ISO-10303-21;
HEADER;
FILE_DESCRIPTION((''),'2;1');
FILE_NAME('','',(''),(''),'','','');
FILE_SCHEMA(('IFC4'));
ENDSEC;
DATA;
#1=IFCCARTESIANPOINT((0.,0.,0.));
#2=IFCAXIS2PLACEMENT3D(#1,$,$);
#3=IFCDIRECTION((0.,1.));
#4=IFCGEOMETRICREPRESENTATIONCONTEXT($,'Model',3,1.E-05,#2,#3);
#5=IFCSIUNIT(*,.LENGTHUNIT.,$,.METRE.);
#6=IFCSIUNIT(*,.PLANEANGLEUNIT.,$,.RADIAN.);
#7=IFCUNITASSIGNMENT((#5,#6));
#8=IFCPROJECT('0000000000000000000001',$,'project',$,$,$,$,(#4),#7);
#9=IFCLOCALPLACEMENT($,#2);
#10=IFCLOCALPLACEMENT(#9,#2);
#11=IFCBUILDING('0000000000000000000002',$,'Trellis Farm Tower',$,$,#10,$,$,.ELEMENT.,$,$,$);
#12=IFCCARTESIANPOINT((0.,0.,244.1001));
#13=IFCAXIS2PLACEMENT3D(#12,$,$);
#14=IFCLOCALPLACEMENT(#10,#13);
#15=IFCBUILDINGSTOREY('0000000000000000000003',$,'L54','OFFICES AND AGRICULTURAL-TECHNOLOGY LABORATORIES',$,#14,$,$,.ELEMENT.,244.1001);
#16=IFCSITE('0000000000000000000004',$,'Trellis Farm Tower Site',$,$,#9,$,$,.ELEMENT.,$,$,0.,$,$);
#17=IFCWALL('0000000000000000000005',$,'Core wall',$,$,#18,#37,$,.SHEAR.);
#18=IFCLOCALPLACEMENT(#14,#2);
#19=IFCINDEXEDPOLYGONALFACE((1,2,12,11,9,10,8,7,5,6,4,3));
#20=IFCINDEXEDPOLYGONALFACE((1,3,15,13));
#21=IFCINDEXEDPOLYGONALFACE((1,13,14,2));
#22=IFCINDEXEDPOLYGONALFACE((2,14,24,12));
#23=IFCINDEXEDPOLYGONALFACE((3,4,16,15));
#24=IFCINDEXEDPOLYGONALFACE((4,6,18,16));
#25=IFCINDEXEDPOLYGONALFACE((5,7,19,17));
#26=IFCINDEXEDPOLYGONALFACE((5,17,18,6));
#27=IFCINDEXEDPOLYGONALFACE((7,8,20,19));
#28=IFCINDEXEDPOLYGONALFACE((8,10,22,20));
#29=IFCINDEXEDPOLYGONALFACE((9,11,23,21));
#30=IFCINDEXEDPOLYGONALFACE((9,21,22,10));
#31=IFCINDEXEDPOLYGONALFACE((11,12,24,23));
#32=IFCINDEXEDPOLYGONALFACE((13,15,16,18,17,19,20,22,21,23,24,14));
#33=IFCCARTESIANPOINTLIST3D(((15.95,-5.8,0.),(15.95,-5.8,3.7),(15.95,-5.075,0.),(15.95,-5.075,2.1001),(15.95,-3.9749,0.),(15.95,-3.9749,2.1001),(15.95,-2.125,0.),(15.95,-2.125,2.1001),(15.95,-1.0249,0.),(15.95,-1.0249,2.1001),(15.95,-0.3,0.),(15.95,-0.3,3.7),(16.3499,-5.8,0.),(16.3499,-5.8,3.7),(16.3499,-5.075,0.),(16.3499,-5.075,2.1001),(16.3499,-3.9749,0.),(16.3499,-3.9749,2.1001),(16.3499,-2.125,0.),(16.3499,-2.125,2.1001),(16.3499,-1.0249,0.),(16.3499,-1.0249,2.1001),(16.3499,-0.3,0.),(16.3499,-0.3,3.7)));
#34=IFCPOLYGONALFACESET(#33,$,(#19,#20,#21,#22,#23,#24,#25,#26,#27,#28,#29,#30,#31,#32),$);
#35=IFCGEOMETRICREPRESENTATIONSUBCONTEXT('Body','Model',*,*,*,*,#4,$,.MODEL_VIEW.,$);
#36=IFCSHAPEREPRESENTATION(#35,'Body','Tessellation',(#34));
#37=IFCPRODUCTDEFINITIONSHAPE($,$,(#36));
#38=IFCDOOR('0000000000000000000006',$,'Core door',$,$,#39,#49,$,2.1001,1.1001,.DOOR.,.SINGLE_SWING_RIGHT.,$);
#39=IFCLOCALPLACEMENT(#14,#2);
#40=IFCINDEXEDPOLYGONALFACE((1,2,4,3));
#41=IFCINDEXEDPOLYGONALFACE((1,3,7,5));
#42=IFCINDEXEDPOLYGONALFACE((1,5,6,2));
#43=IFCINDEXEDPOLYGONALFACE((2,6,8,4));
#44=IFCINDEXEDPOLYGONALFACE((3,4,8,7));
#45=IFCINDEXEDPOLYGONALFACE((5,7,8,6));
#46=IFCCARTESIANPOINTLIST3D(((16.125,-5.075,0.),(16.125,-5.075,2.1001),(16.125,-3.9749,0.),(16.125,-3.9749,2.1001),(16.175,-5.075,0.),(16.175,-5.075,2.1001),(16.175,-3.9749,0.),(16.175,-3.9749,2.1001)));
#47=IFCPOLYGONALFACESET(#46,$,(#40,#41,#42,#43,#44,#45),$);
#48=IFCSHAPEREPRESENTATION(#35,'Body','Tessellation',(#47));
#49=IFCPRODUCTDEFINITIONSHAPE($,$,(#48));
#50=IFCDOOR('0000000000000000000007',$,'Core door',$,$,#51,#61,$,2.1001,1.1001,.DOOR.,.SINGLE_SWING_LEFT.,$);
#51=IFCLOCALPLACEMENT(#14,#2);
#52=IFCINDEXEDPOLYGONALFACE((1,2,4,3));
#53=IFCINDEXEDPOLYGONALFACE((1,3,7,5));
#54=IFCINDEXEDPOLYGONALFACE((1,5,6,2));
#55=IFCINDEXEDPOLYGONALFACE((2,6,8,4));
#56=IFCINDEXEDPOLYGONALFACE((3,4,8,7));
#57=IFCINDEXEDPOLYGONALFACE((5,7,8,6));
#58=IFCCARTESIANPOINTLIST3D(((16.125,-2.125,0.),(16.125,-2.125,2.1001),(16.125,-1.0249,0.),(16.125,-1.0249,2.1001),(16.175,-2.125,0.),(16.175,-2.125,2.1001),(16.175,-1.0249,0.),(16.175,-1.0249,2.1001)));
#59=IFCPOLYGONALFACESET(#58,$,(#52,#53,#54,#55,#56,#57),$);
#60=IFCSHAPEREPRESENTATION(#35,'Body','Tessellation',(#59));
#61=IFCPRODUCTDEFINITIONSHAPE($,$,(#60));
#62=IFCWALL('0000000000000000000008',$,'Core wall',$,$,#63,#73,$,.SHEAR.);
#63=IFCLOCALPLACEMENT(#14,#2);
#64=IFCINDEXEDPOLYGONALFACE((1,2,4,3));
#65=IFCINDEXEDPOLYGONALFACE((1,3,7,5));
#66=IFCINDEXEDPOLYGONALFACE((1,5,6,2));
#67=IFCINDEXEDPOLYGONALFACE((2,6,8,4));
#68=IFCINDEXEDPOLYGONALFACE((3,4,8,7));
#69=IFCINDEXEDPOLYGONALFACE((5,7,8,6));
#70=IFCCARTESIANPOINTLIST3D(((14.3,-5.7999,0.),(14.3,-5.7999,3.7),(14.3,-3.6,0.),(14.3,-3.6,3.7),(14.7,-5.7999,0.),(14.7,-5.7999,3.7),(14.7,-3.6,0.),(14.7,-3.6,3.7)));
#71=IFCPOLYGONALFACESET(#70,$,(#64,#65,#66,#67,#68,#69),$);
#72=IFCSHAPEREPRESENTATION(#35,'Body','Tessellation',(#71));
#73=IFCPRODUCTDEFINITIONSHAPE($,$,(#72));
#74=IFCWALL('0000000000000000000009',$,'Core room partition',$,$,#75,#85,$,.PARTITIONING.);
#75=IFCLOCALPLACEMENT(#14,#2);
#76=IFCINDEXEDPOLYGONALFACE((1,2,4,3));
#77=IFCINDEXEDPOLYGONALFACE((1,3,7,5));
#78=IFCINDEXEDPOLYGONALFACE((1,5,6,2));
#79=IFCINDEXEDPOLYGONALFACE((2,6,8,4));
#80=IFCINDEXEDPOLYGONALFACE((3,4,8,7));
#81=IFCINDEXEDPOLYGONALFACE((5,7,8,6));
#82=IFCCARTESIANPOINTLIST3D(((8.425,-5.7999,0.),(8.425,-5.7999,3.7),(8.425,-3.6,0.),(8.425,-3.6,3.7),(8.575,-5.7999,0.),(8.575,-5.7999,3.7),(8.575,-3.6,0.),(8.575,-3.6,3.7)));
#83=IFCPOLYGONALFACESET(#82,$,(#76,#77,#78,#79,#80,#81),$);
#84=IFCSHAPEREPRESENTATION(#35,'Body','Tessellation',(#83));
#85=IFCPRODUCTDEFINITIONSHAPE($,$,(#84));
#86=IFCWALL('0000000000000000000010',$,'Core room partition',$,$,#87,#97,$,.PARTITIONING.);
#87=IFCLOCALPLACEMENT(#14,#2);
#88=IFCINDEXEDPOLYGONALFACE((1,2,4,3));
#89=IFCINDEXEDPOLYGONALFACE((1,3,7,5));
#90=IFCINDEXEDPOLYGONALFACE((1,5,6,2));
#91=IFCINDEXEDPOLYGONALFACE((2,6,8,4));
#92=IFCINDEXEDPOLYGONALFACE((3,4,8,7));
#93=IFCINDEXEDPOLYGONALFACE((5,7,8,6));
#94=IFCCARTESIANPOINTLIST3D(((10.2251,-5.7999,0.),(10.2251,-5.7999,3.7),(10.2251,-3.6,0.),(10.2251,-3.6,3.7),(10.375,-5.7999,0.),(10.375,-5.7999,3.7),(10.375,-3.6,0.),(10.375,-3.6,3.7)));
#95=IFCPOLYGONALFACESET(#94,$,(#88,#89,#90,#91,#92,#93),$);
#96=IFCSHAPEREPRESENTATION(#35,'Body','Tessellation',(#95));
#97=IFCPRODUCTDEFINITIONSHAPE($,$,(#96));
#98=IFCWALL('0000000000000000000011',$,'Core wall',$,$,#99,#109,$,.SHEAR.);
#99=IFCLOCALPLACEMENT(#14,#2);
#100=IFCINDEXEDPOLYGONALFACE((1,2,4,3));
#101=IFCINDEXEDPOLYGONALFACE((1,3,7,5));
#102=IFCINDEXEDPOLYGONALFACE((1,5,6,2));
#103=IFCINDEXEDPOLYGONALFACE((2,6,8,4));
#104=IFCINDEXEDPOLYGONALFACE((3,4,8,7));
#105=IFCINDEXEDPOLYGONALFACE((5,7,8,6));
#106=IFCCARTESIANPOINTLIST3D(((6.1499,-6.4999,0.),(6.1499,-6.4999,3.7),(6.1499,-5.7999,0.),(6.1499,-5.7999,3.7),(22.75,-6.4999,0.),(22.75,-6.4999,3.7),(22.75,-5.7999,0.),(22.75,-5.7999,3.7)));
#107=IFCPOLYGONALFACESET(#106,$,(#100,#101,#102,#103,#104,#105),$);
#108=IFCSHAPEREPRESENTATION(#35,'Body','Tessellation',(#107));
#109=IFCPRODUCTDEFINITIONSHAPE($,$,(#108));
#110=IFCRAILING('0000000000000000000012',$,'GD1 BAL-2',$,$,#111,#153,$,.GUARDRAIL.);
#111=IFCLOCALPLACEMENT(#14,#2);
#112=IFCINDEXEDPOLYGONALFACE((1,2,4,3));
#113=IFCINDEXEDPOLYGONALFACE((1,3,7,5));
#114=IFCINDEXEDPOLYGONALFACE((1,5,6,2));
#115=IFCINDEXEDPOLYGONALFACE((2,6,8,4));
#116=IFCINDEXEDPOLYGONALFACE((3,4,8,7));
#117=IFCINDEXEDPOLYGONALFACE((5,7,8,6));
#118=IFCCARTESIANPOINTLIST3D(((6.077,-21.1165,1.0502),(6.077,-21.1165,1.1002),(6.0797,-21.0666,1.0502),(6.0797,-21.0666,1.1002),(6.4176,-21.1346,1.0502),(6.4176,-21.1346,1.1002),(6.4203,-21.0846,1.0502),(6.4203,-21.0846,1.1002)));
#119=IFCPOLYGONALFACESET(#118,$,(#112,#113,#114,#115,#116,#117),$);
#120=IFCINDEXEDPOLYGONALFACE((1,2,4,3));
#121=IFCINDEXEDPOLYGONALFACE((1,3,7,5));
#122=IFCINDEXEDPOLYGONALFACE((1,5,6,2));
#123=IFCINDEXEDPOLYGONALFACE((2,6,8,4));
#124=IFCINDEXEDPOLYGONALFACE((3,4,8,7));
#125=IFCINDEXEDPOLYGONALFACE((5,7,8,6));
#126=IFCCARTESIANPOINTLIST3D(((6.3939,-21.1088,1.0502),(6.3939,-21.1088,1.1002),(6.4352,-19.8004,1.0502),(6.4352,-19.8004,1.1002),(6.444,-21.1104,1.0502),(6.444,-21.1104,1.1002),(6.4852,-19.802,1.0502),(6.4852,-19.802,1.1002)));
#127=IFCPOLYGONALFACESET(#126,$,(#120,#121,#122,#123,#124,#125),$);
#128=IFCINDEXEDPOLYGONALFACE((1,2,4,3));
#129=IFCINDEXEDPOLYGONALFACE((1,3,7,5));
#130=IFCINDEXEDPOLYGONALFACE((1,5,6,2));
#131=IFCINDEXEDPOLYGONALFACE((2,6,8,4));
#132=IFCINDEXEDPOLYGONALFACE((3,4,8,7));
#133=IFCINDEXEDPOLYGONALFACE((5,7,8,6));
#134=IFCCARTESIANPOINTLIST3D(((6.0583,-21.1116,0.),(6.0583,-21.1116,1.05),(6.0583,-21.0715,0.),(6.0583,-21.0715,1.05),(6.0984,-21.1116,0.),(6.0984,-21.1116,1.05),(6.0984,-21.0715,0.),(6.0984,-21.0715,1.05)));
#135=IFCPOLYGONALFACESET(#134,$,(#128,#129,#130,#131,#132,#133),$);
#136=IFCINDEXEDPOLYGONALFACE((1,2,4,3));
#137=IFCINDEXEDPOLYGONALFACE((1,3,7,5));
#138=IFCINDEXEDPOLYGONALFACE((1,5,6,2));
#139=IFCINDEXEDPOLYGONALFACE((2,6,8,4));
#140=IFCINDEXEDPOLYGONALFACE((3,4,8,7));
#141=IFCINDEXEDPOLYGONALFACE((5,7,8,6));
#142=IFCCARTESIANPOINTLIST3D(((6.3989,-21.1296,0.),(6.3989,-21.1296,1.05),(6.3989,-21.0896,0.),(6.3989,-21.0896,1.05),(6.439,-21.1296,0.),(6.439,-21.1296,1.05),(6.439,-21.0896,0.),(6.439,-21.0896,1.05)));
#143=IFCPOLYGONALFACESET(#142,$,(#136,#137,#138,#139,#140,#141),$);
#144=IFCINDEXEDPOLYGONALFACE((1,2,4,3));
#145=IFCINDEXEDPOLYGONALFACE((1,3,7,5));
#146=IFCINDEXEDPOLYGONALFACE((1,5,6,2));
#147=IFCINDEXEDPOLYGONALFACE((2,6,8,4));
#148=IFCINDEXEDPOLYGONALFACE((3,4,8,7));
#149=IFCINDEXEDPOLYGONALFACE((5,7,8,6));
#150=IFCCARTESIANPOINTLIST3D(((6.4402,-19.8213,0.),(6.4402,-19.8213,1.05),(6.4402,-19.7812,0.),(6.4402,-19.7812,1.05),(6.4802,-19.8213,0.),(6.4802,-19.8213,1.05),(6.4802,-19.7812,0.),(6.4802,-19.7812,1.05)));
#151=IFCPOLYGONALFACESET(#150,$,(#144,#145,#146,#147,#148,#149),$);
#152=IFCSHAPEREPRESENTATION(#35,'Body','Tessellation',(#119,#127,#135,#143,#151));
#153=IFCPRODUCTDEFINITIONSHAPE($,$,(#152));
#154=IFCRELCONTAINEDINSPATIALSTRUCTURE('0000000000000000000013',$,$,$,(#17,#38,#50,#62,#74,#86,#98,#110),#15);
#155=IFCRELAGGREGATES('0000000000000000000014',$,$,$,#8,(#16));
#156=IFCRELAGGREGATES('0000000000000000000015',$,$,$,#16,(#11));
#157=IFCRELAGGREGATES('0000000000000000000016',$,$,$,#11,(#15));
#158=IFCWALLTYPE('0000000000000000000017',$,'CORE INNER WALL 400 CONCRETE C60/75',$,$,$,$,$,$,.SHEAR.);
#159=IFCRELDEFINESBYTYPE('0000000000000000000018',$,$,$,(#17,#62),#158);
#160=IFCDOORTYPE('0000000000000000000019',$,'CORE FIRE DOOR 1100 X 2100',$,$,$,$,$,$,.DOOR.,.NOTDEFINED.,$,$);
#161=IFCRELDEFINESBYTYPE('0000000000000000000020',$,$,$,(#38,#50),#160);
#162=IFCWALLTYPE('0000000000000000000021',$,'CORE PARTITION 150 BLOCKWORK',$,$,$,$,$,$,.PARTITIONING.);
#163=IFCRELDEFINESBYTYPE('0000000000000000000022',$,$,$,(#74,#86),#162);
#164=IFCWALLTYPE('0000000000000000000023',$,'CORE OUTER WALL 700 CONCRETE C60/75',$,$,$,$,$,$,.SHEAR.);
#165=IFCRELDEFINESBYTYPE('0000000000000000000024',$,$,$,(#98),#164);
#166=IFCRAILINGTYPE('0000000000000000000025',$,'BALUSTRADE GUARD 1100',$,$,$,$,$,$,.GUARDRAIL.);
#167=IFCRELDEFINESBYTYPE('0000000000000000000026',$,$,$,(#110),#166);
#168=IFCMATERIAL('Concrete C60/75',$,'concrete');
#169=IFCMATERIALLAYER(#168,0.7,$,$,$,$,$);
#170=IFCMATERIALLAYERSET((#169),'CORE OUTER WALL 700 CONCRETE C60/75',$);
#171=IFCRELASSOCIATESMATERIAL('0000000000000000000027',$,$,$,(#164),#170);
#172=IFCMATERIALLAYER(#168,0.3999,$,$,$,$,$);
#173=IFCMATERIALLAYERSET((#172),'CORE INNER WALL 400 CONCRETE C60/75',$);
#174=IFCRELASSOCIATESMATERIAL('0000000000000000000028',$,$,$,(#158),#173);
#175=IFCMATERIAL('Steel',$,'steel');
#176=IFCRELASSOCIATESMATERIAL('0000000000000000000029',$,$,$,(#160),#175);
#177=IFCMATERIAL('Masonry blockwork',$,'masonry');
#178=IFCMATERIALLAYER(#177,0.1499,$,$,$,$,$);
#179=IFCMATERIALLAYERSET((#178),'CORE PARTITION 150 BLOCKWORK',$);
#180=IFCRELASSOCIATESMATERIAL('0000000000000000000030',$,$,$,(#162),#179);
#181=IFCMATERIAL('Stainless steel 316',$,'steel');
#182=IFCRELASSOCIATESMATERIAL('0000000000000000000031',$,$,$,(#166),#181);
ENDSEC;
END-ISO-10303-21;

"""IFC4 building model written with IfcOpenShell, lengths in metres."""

from ifc_helpers import new_model, si_unit, direction, frame, frame_2d, origin, origin_2d, place, context, subcontext, project, spatial, rectangle, extrude, source, transform, mapped, material, layer, layer_set, type_object, element, fill, save


model = new_model("IFC4")

# Units and contexts
model_context = context("Model", 3, precision=1e-05, world=origin(), true_north=direction((0.0, 1.0)))
body_context = subcontext(model_context, "Body", "Model", "MODEL_VIEW")
ifc_project = project(units=[si_unit("LENGTHUNIT", "METRE"), si_unit("PLANEANGLEUNIT", "RADIAN")], contexts=[model_context])

# Site, building, storey
site_placement = place(None, origin())
site = spatial("IfcSite", under=ifc_project, at=site_placement, Name="Trellis Farm Tower Site", CompositionType="ELEMENT", RefElevation=0.0)
building_placement = place(site_placement, origin())
building = spatial("IfcBuilding", under=site, at=building_placement, Name="Trellis Farm Tower", CompositionType="ELEMENT")
storey_placement = place(building_placement, frame((0.0, 0.0, 244.1001)))
storey = spatial("IfcBuildingStorey", under=building, at=storey_placement, Name="L54", Description="OFFICES AND AGRICULTURAL-TECHNOLOGY LABORATORIES", CompositionType="ELEMENT", Elevation=244.1001)

# Shared definitions
ifc_material_1 = material(Name="Concrete C60/75", Category="concrete")

# Shared definitions
ifc_layer_1 = layer(ifc_material_1, 0.7)
ifc_layer_set_1 = layer_set([ifc_layer_1], Name="CORE OUTER WALL 700 CONCRETE C60/75")
wall_type_1 = type_object("IfcWallType", Name="CORE OUTER WALL 700 CONCRETE C60/75", PredefinedType="SHEAR", material=ifc_layer_set_1)
ifc_material_2 = material(Name="Steel", Category="steel")

# Wall, openings, doors
ifc_layer_2 = layer(ifc_material_1, 0.3999)
ifc_layer_set_2 = layer_set([ifc_layer_2], Name="CORE INNER WALL 400 CONCRETE C60/75")
wall_type_2 = type_object("IfcWallType", Name="CORE INNER WALL 400 CONCRETE C60/75", PredefinedType="SHEAR", material=ifc_layer_set_2)
shared_shape_1 = source(origin(), body_context, "Body", "SweptSolid", [
    extrude(rectangle(XDim=5.5, YDim=0.3999, at=frame_2d((2.75, 0.0))), origin(), (0.0, 0.0, 1.0), 3.7),
])
wall_1_placement = place(storey_placement, frame((16.1499, -5.8, 0.0), z_axis=(0.0, 0.0, 1.0), x_axis=(0.0, 1.0, 0.0)))
wall_1 = element("IfcWall", 1, at=wall_1_placement, inside=storey, type_object=wall_type_2, Name="Core wall", PredefinedType="SHEAR", context=body_context, shape_type="MappedRepresentation", body=[
    mapped(shared_shape_1, transform((0.0, 0.0, 0.0))),
])
shared_shape_2 = source(origin(), body_context, "Body", "SweptSolid", [
    extrude(rectangle(XDim=1.1001, YDim=2.1001, at=frame_2d((0.55, 1.05))), frame((0.0, 0.21, 0.0), z_axis=(0.0, -1.0, 0.0), x_axis=(1.0, 0.0, 0.0)), (0.0, 0.0, 1.0), 0.4199),
])
opening_1_placement = place(wall_1_placement, frame((0.7251, 0.0, 0.0)))
opening_1 = element("IfcOpeningElement", 2, at=opening_1_placement, cuts=wall_1, PredefinedType="OPENING", context=body_context, shape_type="MappedRepresentation", body=[
    mapped(shared_shape_2, transform((0.0, 0.0, 0.0))),
])
opening_2_placement = place(wall_1_placement, frame((3.675, 0.0, 0.0)))
opening_2 = element("IfcOpeningElement", 3, at=opening_2_placement, cuts=wall_1, PredefinedType="OPENING", context=body_context, shape_type="MappedRepresentation", body=[
    mapped(shared_shape_2, transform((0.0, 0.0, 0.0))),
])
door_type_1 = type_object("IfcDoorType", Name="CORE FIRE DOOR 1100 X 2100", OperationType="NOTDEFINED", PredefinedType="DOOR", material=ifc_material_2)
shared_shape_3 = source(origin(), body_context, "Body", "SweptSolid", [
    extrude(rectangle(XDim=1.1001, YDim=2.1001, at=frame_2d((0.55, 1.05))), frame((0.0, 0.0249, 0.0), z_axis=(0.0, -1.0, 0.0), x_axis=(1.0, 0.0, 0.0)), (0.0, 0.0, 1.0), 0.05),
])
door_1_placement = place(opening_1_placement, origin())
door_1 = element("IfcDoor", 4, at=door_1_placement, inside=storey, type_object=door_type_1, Name="Core door", OperationType="SINGLE_SWING_RIGHT", OverallHeight=2.1001, OverallWidth=1.1001, PredefinedType="DOOR", context=body_context, shape_type="MappedRepresentation", body=[
    mapped(shared_shape_3, transform((0.0, 0.0, 0.0))),
])
fill(opening_1, door_1)
door_2_placement = place(opening_2_placement, origin())
door_2 = element("IfcDoor", 5, at=door_2_placement, inside=storey, type_object=door_type_1, Name="Core door", OperationType="SINGLE_SWING_LEFT", OverallHeight=2.1001, OverallWidth=1.1001, PredefinedType="DOOR", context=body_context, shape_type="MappedRepresentation", body=[
    mapped(shared_shape_3, transform((0.0, 0.0, 0.0))),
])
fill(opening_2, door_2)

# Walls
shared_shape_4 = source(origin(), body_context, "Body", "SweptSolid", [
    extrude(rectangle(XDim=2.2, YDim=0.3999, at=frame_2d((1.1001, 0.0))), origin(), (0.0, 0.0, 1.0), 3.7),
])
wall_2_placement = place(storey_placement, frame((14.5, -5.8, 0.0), z_axis=(0.0, 0.0, 1.0), x_axis=(0.0, 1.0, 0.0)))
element("IfcWall", 6, at=wall_2_placement, inside=storey, type_object=wall_type_2, Name="Core wall", PredefinedType="SHEAR", context=body_context, shape_type="MappedRepresentation", body=[
    mapped(shared_shape_4, transform((0.0, 0.0, 0.0))),
])
ifc_material_3 = material(Name="Masonry blockwork", Category="masonry")
ifc_layer_3 = layer(ifc_material_3, 0.1499)
ifc_layer_set_3 = layer_set([ifc_layer_3], Name="CORE PARTITION 150 BLOCKWORK")
wall_type_3 = type_object("IfcWallType", Name="CORE PARTITION 150 BLOCKWORK", PredefinedType="PARTITIONING", material=ifc_layer_set_3)
shared_shape_5 = source(origin(), body_context, "Body", "SweptSolid", [
    extrude(rectangle(XDim=2.2, YDim=0.1499, at=frame_2d((1.1001, 0.0))), origin(), (0.0, 0.0, 1.0), 3.7),
])
for number, where, z_axis, x_axis, name in (
    (7, (8.5, -5.8, 0.0), (0.0, 0.0, 1.0), (0.0, 1.0, 0.0), "Core room partition"),
    (8, (10.3, -5.8, 0.0), (0.0, 0.0, 1.0), (0.0, 1.0, 0.0), "Core room partition"),
):
    element("IfcWall", number, at=place(storey_placement, frame(where, z_axis=z_axis, x_axis=x_axis)), inside=storey, type_object=wall_type_3, Name=name, PredefinedType="PARTITIONING", context=body_context, shape_type="MappedRepresentation", body=[
        mapped(shared_shape_5, transform((0.0, 0.0, 0.0))),
    ])
shared_shape_6 = source(origin(), body_context, "Body", "SweptSolid", [
    extrude(rectangle(XDim=16.6001, YDim=0.7, at=frame_2d((8.3, 0.0))), origin(), (0.0, 0.0, 1.0), 3.7),
])
wall_3_placement = place(storey_placement, frame((6.1499, -6.1499, 0.0), z_axis=(0.0, 0.0, 1.0), x_axis=(1.0, 0.0, 0.0)))
element("IfcWall", 9, at=wall_3_placement, inside=storey, type_object=wall_type_1, Name="Core wall", PredefinedType="SHEAR", context=body_context, shape_type="MappedRepresentation", body=[
    mapped(shared_shape_6, transform((0.0, 0.0, 0.0))),
])

# Railing
ifc_material_4 = material(Name="Stainless steel 316", Category="steel")
railing_type = type_object("IfcRailingType", Name="BALUSTRADE GUARD 1100", PredefinedType="GUARDRAIL", material=ifc_material_4)
railing_placement = place(storey_placement, frame((6.0784, -21.0916, 0.0)))
element("IfcRailing", 10, at=railing_placement, inside=storey, type_object=railing_type, Name="GD1 BAL-2", PredefinedType="GUARDRAIL", context=body_context, shape_type="SweptSolid", body=[
    extrude(rectangle(XDim=0.05, YDim=0.05, at=origin_2d()), frame((0.0, 0.0, 1.0752), z_axis=(0.998596, -0.052972, 0.0), x_axis=(0.052972, 0.998596, 0.0)), (0.0, 0.0, 1.0), 0.3411),
    extrude(rectangle(XDim=0.05, YDim=0.05, at=origin_2d()), frame((0.3406, -0.0181, 1.0752), z_axis=(0.03152, 0.999503, 0.0), x_axis=(-0.999503, 0.03152, 0.0)), (0.0, 0.0, 1.0), 1.3091),
    extrude(rectangle(XDim=0.04, YDim=0.04, at=origin_2d()), origin(), (0.0, 0.0, 1.0), 1.05),
    extrude(rectangle(XDim=0.04, YDim=0.04, at=origin_2d()), frame((0.3406, -0.0181, 0.0)), (0.0, 0.0, 1.0), 1.05),
    extrude(rectangle(XDim=0.04, YDim=0.04, at=origin_2d()), frame((0.3818, 1.2903, 0.0)), (0.0, 0.0, 1.0), 1.05),
])

save(model, "model.ifc")
